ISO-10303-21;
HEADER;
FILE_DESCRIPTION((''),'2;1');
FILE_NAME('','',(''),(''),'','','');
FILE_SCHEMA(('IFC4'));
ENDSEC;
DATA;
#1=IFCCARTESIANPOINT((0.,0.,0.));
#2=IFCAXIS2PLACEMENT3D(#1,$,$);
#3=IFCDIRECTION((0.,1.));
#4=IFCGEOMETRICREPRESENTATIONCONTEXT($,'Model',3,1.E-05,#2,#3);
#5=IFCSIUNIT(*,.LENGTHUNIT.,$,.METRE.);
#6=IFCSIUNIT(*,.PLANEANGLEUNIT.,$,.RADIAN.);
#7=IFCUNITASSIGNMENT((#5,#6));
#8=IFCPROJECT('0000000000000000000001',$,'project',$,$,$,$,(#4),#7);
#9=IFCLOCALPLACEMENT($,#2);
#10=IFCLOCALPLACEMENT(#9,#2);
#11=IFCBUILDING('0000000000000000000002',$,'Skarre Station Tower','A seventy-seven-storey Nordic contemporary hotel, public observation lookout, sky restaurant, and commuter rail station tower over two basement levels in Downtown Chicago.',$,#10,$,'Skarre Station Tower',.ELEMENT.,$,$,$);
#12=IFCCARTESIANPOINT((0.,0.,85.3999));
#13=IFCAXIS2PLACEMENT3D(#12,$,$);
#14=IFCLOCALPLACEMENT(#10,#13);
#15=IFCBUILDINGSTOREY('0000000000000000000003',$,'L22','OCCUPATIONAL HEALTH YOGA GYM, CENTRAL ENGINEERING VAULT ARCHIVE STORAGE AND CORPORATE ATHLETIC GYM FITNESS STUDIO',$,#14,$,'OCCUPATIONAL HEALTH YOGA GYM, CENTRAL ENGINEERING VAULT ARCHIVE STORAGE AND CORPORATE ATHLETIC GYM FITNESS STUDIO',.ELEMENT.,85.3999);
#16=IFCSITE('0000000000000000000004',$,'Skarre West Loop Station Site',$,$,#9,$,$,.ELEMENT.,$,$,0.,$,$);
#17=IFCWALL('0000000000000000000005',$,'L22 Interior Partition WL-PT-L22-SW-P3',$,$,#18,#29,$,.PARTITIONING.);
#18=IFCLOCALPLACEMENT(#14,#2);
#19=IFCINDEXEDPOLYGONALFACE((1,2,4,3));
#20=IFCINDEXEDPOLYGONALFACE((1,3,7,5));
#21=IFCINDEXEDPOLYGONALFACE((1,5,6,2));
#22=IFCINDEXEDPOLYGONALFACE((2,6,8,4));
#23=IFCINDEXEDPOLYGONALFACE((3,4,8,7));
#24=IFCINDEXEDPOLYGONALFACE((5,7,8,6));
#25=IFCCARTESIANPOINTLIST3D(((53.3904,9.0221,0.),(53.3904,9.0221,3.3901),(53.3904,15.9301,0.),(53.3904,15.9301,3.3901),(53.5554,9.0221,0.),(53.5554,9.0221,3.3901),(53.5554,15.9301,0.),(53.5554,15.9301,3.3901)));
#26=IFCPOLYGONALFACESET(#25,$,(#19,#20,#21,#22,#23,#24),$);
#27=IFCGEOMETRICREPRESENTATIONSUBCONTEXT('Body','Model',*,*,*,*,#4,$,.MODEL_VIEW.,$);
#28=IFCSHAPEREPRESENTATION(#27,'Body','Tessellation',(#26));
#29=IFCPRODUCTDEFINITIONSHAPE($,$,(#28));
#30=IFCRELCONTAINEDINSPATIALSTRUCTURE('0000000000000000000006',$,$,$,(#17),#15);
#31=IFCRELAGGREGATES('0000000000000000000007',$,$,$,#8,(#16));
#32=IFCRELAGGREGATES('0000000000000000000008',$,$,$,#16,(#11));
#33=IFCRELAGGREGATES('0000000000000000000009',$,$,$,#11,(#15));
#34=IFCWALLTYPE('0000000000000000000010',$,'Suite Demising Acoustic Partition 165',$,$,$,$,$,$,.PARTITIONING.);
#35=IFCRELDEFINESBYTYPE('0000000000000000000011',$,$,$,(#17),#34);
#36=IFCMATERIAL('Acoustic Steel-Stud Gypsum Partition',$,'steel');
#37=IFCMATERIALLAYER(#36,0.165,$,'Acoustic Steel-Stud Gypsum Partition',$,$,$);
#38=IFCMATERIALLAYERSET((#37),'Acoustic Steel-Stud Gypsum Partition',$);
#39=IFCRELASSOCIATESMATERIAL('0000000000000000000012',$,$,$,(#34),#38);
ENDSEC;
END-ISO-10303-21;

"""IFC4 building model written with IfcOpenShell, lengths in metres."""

from ifc_helpers import new_model, si_unit, direction, frame, frame_2d, origin, place, context, subcontext, project, spatial, rectangle, extrude, material, layer, layer_set, type_object, element, save


model = new_model("IFC4")

# Units and contexts
model_context = context("Model", 3, precision=1e-05, world=origin(), true_north=direction((0.0, 1.0)))
body_context = subcontext(model_context, "Body", "Model", "MODEL_VIEW")
ifc_project = project(units=[si_unit("LENGTHUNIT", "METRE"), si_unit("PLANEANGLEUNIT", "RADIAN")], contexts=[model_context])

# Site, building, storey
site_placement = place(None, origin())
site = spatial("IfcSite", under=ifc_project, at=site_placement, Name="Skarre West Loop Station Site", CompositionType="ELEMENT", RefElevation=0.0)
building_placement = place(site_placement, origin())
building = spatial("IfcBuilding", under=site, at=building_placement, Name="Skarre Station Tower", Description="A seventy-seven-storey Nordic contemporary hotel, public observation lookout, sky restaurant, and commuter rail station tower over two basement levels in Downtown Chicago.", LongName="Skarre Station Tower", CompositionType="ELEMENT")
storey_placement = place(building_placement, frame((0.0, 0.0, 85.3999)))
storey = spatial("IfcBuildingStorey", under=building, at=storey_placement, Name="L22", Description="OCCUPATIONAL HEALTH YOGA GYM, CENTRAL ENGINEERING VAULT ARCHIVE STORAGE AND CORPORATE ATHLETIC GYM FITNESS STUDIO", LongName="OCCUPATIONAL HEALTH YOGA GYM, CENTRAL ENGINEERING VAULT ARCHIVE STORAGE AND CORPORATE ATHLETIC GYM FITNESS STUDIO", CompositionType="ELEMENT", Elevation=85.3999)

# Shared definitions
ifc_material_1 = material(Name="Acoustic Steel-Stud Gypsum Partition", Category="steel")

# Wall
ifc_layer_1 = layer(ifc_material_1, 0.165, Name="Acoustic Steel-Stud Gypsum Partition")
ifc_layer_set_1 = layer_set([ifc_layer_1], Name="Acoustic Steel-Stud Gypsum Partition")
wall_type_1 = type_object("IfcWallType", Name="Suite Demising Acoustic Partition 165", PredefinedType="PARTITIONING", material=ifc_layer_set_1)
wall_1_placement = place(storey_placement, frame((53.4729, 9.022, 0.0), z_axis=(0.0, 0.0, 1.0), x_axis=(0.0, 1.0, 0.0)))
element("IfcWall", 1, at=wall_1_placement, inside=storey, type_object=wall_type_1, Name="L22 Interior Partition WL-PT-L22-SW-P3", PredefinedType="PARTITIONING", context=body_context, shape_type="SweptSolid", body=[
    extrude(rectangle(XDim=6.908, YDim=0.165, at=frame_2d((3.4541, 0.0))), origin(), (0.0, 0.0, 1.0), 3.3901),
])

save(model, "model.ifc")
